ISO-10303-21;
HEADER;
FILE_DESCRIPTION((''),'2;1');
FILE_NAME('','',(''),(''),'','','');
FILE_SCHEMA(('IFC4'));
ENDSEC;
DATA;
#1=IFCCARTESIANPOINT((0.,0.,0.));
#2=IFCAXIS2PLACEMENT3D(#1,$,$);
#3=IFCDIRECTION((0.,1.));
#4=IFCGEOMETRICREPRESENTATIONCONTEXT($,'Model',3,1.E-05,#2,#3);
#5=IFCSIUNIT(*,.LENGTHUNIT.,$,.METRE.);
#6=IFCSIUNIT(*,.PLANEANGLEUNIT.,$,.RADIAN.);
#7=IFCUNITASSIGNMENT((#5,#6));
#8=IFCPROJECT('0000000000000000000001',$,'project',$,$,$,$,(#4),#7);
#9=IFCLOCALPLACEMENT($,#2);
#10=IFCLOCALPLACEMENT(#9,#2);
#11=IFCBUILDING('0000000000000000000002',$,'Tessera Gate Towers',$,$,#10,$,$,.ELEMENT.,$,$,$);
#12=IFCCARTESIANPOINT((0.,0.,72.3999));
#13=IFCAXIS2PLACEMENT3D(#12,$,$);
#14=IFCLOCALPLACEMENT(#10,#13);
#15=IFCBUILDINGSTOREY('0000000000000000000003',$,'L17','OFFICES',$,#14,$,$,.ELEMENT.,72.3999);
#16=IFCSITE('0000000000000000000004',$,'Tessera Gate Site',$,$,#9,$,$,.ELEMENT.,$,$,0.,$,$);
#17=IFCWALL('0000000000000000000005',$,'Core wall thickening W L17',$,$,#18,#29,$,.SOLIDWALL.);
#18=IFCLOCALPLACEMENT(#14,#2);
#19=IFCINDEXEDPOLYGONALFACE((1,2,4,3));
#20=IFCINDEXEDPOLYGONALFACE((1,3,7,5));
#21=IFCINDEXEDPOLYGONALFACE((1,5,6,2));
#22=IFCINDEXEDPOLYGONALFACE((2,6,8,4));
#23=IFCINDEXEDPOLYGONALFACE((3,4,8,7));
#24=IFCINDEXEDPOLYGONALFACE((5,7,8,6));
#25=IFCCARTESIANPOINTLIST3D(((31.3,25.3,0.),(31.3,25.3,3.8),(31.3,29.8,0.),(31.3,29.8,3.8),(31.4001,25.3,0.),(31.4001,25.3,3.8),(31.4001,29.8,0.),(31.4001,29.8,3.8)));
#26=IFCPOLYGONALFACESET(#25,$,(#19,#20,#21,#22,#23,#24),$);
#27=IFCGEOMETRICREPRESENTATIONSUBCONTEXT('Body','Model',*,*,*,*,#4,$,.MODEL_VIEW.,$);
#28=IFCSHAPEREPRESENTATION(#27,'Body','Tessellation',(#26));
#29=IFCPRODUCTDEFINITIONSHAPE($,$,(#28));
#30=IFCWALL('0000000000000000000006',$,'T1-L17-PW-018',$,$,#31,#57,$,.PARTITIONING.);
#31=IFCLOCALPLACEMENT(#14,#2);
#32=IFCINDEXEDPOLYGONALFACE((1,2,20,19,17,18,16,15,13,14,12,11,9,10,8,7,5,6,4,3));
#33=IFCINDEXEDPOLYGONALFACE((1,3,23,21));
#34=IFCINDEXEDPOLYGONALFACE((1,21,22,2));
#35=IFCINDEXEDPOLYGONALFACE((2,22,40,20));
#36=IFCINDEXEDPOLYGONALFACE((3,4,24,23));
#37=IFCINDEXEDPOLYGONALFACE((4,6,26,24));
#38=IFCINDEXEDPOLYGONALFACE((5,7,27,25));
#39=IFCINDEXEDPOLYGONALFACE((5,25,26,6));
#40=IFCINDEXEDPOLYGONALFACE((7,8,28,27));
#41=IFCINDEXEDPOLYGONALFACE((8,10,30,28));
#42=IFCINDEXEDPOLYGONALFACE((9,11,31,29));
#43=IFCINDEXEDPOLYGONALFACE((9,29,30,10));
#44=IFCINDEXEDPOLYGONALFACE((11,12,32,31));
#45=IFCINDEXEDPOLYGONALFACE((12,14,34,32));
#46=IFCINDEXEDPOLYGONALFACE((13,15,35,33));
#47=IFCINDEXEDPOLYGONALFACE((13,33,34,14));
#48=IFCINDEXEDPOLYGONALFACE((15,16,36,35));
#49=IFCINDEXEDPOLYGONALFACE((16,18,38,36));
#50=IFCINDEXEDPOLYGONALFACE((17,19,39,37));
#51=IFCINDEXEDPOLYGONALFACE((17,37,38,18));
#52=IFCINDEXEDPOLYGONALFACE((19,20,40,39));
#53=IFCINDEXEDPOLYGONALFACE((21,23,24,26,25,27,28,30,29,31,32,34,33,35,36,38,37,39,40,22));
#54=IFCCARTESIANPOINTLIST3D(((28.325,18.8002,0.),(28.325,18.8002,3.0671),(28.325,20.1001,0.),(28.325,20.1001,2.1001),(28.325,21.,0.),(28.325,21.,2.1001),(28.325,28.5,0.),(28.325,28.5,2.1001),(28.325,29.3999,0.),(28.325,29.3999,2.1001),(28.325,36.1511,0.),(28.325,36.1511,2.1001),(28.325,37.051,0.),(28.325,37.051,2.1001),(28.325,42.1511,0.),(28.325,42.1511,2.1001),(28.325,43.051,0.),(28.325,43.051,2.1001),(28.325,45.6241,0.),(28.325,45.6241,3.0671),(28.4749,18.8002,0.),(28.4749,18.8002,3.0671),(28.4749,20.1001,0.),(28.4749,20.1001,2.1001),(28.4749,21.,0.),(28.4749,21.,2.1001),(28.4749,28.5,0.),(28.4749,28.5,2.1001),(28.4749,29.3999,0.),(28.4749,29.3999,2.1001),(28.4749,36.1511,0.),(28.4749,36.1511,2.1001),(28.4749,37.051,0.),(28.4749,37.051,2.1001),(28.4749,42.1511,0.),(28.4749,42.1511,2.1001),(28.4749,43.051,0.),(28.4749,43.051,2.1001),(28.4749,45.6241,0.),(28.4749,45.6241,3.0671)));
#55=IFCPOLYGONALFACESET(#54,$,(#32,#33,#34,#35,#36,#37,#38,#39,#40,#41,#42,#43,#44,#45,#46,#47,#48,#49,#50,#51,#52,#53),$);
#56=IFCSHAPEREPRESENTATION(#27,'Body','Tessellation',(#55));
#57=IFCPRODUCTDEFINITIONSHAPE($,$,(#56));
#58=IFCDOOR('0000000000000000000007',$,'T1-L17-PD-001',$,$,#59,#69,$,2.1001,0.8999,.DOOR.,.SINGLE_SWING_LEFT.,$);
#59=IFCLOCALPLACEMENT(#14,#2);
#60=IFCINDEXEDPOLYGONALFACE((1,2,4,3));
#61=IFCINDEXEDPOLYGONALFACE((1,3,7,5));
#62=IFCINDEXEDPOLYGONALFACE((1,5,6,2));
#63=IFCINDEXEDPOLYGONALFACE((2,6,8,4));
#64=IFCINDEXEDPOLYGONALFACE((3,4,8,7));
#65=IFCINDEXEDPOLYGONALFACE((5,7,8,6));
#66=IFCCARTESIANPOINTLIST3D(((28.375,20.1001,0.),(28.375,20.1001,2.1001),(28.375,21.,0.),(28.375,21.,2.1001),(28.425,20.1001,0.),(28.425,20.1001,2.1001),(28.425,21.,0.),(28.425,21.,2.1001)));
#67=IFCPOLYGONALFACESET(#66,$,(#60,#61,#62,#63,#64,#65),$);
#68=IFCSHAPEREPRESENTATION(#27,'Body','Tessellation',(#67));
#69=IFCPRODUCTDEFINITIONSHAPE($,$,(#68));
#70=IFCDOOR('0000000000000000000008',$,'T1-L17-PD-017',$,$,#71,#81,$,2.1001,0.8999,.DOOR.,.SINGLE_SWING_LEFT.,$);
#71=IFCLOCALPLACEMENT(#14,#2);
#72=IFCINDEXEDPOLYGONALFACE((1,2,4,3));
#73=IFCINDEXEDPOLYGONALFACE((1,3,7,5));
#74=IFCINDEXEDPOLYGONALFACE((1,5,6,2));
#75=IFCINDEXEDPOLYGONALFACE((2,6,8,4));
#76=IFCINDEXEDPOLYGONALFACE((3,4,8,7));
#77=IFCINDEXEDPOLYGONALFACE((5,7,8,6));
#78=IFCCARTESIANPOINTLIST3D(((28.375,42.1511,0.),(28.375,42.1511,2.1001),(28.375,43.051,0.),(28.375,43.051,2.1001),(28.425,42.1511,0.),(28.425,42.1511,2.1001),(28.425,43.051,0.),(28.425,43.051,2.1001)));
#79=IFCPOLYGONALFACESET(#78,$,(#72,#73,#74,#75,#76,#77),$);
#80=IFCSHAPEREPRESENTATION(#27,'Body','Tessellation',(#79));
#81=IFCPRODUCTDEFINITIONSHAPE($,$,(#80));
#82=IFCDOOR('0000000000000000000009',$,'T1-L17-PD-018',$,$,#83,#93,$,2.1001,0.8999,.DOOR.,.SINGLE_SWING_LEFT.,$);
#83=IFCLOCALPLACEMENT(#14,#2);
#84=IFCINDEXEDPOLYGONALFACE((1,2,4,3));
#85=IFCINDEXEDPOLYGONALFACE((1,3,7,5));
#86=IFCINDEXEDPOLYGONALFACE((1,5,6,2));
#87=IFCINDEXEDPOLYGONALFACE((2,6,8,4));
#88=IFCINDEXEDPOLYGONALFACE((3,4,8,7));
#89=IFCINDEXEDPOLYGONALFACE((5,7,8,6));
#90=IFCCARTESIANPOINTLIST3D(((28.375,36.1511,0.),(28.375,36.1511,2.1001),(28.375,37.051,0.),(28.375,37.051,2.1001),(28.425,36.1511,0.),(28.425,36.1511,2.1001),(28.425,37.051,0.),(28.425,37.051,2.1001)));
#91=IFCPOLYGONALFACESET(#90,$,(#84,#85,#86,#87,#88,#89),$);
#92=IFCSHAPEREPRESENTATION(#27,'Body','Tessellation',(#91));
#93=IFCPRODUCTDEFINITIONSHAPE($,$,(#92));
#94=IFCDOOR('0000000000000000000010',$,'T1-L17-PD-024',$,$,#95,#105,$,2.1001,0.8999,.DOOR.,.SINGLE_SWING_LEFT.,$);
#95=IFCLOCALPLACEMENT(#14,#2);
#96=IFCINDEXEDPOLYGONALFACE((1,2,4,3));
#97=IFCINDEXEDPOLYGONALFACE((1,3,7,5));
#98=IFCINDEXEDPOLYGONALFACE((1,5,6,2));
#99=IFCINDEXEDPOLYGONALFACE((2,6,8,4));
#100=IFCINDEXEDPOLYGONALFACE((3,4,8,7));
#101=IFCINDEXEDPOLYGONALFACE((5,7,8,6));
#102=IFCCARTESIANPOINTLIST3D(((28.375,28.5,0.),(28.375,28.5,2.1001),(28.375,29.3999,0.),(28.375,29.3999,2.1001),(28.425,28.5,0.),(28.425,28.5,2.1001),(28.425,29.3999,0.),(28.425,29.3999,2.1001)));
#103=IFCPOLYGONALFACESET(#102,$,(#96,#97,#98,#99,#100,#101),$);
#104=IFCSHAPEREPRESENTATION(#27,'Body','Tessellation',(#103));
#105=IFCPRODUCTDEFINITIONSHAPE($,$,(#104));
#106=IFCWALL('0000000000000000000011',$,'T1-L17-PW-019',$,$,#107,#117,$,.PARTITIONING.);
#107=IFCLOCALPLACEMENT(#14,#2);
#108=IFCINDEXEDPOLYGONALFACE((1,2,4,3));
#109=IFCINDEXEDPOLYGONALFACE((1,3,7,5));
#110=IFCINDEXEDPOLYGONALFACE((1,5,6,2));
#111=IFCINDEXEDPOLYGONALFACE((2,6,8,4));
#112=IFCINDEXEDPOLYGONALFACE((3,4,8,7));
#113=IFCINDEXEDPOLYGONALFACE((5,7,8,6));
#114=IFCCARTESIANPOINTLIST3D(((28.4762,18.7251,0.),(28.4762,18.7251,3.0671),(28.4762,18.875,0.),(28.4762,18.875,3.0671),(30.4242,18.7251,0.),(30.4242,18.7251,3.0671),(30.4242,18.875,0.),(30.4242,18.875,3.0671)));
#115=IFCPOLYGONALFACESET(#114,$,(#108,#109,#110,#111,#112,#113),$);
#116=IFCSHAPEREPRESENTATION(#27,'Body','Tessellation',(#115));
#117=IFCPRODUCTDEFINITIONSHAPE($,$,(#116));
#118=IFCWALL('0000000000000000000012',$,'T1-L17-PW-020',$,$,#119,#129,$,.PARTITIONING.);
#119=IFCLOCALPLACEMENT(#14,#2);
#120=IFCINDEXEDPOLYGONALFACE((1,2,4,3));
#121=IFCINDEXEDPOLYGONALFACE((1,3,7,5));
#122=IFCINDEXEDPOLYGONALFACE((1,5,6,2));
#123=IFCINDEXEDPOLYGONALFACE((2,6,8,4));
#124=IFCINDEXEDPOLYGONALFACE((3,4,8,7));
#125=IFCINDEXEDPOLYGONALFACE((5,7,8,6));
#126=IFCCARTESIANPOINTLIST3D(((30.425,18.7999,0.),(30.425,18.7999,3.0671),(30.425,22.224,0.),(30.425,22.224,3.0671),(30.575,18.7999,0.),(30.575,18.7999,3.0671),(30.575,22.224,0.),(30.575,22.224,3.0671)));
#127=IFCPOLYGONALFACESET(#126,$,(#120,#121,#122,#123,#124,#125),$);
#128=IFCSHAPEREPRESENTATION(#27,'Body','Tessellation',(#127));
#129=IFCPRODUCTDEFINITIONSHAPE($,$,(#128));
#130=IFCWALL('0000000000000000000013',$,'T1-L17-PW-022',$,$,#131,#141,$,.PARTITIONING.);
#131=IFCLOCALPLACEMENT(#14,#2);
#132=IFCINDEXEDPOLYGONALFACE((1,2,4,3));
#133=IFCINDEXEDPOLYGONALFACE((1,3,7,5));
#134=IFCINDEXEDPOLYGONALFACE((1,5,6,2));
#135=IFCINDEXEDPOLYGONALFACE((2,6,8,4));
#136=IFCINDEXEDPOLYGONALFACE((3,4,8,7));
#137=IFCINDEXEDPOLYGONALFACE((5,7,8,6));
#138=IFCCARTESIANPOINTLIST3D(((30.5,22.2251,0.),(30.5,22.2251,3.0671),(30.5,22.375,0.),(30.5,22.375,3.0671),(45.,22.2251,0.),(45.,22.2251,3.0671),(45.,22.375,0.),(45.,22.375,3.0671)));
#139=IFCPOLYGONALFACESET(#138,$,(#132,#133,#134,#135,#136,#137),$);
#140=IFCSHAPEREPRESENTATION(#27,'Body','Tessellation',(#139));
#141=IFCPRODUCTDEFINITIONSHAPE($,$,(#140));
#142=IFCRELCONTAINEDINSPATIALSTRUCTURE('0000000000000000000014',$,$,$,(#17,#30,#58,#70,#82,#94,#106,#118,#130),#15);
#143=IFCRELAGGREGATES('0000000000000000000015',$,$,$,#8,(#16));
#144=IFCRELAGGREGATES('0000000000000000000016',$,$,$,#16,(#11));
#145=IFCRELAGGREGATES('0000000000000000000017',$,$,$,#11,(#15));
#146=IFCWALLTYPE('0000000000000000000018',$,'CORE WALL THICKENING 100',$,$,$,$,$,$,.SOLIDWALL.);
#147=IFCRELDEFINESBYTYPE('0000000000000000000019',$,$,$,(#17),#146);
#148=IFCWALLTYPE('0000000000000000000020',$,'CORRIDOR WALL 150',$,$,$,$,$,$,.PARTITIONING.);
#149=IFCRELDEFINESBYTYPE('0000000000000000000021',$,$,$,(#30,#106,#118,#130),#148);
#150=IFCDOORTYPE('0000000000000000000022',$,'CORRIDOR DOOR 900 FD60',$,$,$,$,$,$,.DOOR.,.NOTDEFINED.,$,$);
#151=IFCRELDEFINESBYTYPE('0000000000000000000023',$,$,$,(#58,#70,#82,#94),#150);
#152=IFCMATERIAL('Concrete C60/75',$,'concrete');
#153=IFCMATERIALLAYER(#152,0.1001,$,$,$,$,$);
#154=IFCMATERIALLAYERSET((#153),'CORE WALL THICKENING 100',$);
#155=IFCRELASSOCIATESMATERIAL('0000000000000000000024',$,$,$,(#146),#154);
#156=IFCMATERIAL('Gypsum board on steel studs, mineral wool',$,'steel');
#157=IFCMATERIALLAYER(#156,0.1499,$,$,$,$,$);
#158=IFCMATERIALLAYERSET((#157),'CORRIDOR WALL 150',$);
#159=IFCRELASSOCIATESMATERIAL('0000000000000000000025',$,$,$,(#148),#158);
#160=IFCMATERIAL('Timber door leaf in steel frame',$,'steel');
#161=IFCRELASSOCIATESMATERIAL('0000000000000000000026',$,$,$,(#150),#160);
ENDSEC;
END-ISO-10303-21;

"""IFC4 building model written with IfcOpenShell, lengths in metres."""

from ifc_helpers import new_model, si_unit, direction, frame, frame_2d, origin, place, context, subcontext, project, spatial, rectangle, extrude, source, transform, mapped, material, layer, layer_set, type_object, element, fill, save


model = new_model("IFC4")

# Units and contexts
model_context = context("Model", 3, precision=1e-05, world=origin(), true_north=direction((0.0, 1.0)))
body_context = subcontext(model_context, "Body", "Model", "MODEL_VIEW")
ifc_project = project(units=[si_unit("LENGTHUNIT", "METRE"), si_unit("PLANEANGLEUNIT", "RADIAN")], contexts=[model_context])

# Site, building, storey
site_placement = place(None, origin())
site = spatial("IfcSite", under=ifc_project, at=site_placement, Name="Tessera Gate Site", CompositionType="ELEMENT", RefElevation=0.0)
building_placement = place(site_placement, origin())
building = spatial("IfcBuilding", under=site, at=building_placement, Name="Tessera Gate Towers", CompositionType="ELEMENT")
storey_placement = place(building_placement, frame((0.0, 0.0, 72.3999)))
storey = spatial("IfcBuildingStorey", under=building, at=storey_placement, Name="L17", Description="OFFICES", CompositionType="ELEMENT", Elevation=72.3999)

# Wall
ifc_material_1 = material(Name="Concrete C60/75", Category="concrete")
ifc_layer_1 = layer(ifc_material_1, 0.1001)
ifc_layer_set_1 = layer_set([ifc_layer_1], Name="CORE WALL THICKENING 100")
wall_type_1 = type_object("IfcWallType", Name="CORE WALL THICKENING 100", PredefinedType="SOLIDWALL", material=ifc_layer_set_1)
wall_1_placement = place(storey_placement, frame((31.3501, 25.3, 0.0), z_axis=(0.0, 0.0, 1.0), x_axis=(0.0, 1.0, 0.0)))
element("IfcWall", 1, at=wall_1_placement, inside=storey, type_object=wall_type_1, Name="Core wall thickening W L17", PredefinedType="SOLIDWALL", context=body_context, shape_type="SweptSolid", body=[
    extrude(rectangle(XDim=4.5, YDim=0.1001, at=frame_2d((2.25, 0.0))), origin(), (0.0, 0.0, 1.0), 3.8),
])

# Wall, openings, doors
ifc_material_2 = material(Name="Gypsum board on steel studs, mineral wool", Category="steel")
ifc_layer_2 = layer(ifc_material_2, 0.1499)
ifc_layer_set_2 = layer_set([ifc_layer_2], Name="CORRIDOR WALL 150")
wall_type_2 = type_object("IfcWallType", Name="CORRIDOR WALL 150", PredefinedType="PARTITIONING", material=ifc_layer_set_2)
wall_2_placement = place(storey_placement, frame((28.3999, 18.8, 0.0), z_axis=(0.0, 0.0, 1.0), x_axis=(0.0, 1.0, 0.0)))
wall_2 = element("IfcWall", 2, at=wall_2_placement, inside=storey, type_object=wall_type_2, Name="T1-L17-PW-018", PredefinedType="PARTITIONING", context=body_context, shape_type="SweptSolid", body=[
    extrude(rectangle(XDim=26.824, YDim=0.1499, at=frame_2d((13.4121, 0.0))), origin(), (0.0, 0.0, 1.0), 3.0671),
])
shared_shape_1 = source(origin(), body_context, "Body", "SweptSolid", [
    extrude(rectangle(XDim=0.8999, YDim=2.1001, at=frame_2d((0.45, 1.05))), frame((0.0, 0.085, 0.0), z_axis=(0.0, -1.0, 0.0), x_axis=(1.0, 0.0, 0.0)), (0.0, 0.0, 1.0), 0.1699),
])
opening_1_placement = place(wall_2_placement, frame((1.3, 0.0, 0.0)))
opening_1 = element("IfcOpeningElement", 3, at=opening_1_placement, cuts=wall_2, PredefinedType="OPENING", context=body_context, shape_type="MappedRepresentation", body=[
    mapped(shared_shape_1, transform((0.0, 0.0, 0.0), scale=1.0)),
])
opening_2_placement = place(wall_2_placement, frame((23.3511, 0.0, 0.0)))
opening_2 = element("IfcOpeningElement", 4, at=opening_2_placement, cuts=wall_2, PredefinedType="OPENING", context=body_context, shape_type="MappedRepresentation", body=[
    mapped(shared_shape_1, transform((0.0, 0.0, 0.0), scale=1.0)),
])
opening_3_placement = place(wall_2_placement, frame((17.3511, 0.0, 0.0)))
opening_3 = element("IfcOpeningElement", 5, at=opening_3_placement, cuts=wall_2, PredefinedType="OPENING", context=body_context, shape_type="MappedRepresentation", body=[
    mapped(shared_shape_1, transform((0.0, 0.0, 0.0), scale=1.0)),
])
opening_4_placement = place(wall_2_placement, frame((9.7, 0.0, 0.0)))
opening_4 = element("IfcOpeningElement", 6, at=opening_4_placement, cuts=wall_2, PredefinedType="OPENING", context=body_context, shape_type="MappedRepresentation", body=[
    mapped(shared_shape_1, transform((0.0, 0.0, 0.0), scale=1.0)),
])
ifc_material_3 = material(Name="Timber door leaf in steel frame", Category="steel")
door_type_1 = type_object("IfcDoorType", Name="CORRIDOR DOOR 900 FD60", OperationType="NOTDEFINED", PredefinedType="DOOR", material=ifc_material_3)
shared_shape_2 = source(origin(), body_context, "Body", "SweptSolid", [
    extrude(rectangle(XDim=0.8999, YDim=2.1001, at=frame_2d((0.45, 1.05))), frame((0.0, 0.0249, 0.0), z_axis=(0.0, -1.0, 0.0), x_axis=(1.0, 0.0, 0.0)), (0.0, 0.0, 1.0), 0.05),
])
door_1_placement = place(opening_1_placement, origin())
door_1 = element("IfcDoor", 7, at=door_1_placement, inside=storey, type_object=door_type_1, Name="T1-L17-PD-001", OperationType="SINGLE_SWING_LEFT", OverallHeight=2.1001, OverallWidth=0.8999, PredefinedType="DOOR", context=body_context, shape_type="MappedRepresentation", body=[
    mapped(shared_shape_2, transform((0.0, 0.0, 0.0), scale=1.0)),
])
fill(opening_1, door_1)
door_2_placement = place(opening_2_placement, origin())
door_2 = element("IfcDoor", 8, at=door_2_placement, inside=storey, type_object=door_type_1, Name="T1-L17-PD-017", OperationType="SINGLE_SWING_LEFT", OverallHeight=2.1001, OverallWidth=0.8999, PredefinedType="DOOR", context=body_context, shape_type="MappedRepresentation", body=[
    mapped(shared_shape_2, transform((0.0, 0.0, 0.0), scale=1.0)),
])
fill(opening_2, door_2)
door_3_placement = place(opening_3_placement, origin())
door_3 = element("IfcDoor", 9, at=door_3_placement, inside=storey, type_object=door_type_1, Name="T1-L17-PD-018", OperationType="SINGLE_SWING_LEFT", OverallHeight=2.1001, OverallWidth=0.8999, PredefinedType="DOOR", context=body_context, shape_type="MappedRepresentation", body=[
    mapped(shared_shape_2, transform((0.0, 0.0, 0.0), scale=1.0)),
])
fill(opening_3, door_3)
door_4_placement = place(opening_4_placement, origin())
door_4 = element("IfcDoor", 10, at=door_4_placement, inside=storey, type_object=door_type_1, Name="T1-L17-PD-024", OperationType="SINGLE_SWING_LEFT", OverallHeight=2.1001, OverallWidth=0.8999, PredefinedType="DOOR", context=body_context, shape_type="MappedRepresentation", body=[
    mapped(shared_shape_2, transform((0.0, 0.0, 0.0), scale=1.0)),
])
fill(opening_4, door_4)

# Walls
wall_3_placement = place(storey_placement, frame((28.4761, 18.8, 0.0), z_axis=(0.0, 0.0, 1.0), x_axis=(1.0, 0.0, 0.0)))
element("IfcWall", 11, at=wall_3_placement, inside=storey, type_object=wall_type_2, Name="T1-L17-PW-019", PredefinedType="PARTITIONING", context=body_context, shape_type="SweptSolid", body=[
    extrude(rectangle(XDim=1.948, YDim=0.1499, at=frame_2d((0.9741, 0.0))), origin(), (0.0, 0.0, 1.0), 3.0671),
])
wall_4_placement = place(storey_placement, frame((30.5, 18.8, 0.0), z_axis=(0.0, 0.0, 1.0), x_axis=(0.0, 1.0, 0.0)))
element("IfcWall", 12, at=wall_4_placement, inside=storey, type_object=wall_type_2, Name="T1-L17-PW-020", PredefinedType="PARTITIONING", context=body_context, shape_type="SweptSolid", body=[
    extrude(rectangle(XDim=3.4241, YDim=0.1499, at=frame_2d((1.7119, 0.0))), origin(), (0.0, 0.0, 1.0), 3.0671),
])
wall_5_placement = place(storey_placement, frame((30.5, 22.3, 0.0), z_axis=(0.0, 0.0, 1.0), x_axis=(1.0, 0.0, 0.0)))
element("IfcWall", 13, at=wall_5_placement, inside=storey, type_object=wall_type_2, Name="T1-L17-PW-022", PredefinedType="PARTITIONING", context=body_context, shape_type="SweptSolid", body=[
    extrude(rectangle(XDim=14.5, YDim=0.1499, at=frame_2d((7.25, 0.0))), origin(), (0.0, 0.0, 1.0), 3.0671),
])

save(model, "model.ifc")
